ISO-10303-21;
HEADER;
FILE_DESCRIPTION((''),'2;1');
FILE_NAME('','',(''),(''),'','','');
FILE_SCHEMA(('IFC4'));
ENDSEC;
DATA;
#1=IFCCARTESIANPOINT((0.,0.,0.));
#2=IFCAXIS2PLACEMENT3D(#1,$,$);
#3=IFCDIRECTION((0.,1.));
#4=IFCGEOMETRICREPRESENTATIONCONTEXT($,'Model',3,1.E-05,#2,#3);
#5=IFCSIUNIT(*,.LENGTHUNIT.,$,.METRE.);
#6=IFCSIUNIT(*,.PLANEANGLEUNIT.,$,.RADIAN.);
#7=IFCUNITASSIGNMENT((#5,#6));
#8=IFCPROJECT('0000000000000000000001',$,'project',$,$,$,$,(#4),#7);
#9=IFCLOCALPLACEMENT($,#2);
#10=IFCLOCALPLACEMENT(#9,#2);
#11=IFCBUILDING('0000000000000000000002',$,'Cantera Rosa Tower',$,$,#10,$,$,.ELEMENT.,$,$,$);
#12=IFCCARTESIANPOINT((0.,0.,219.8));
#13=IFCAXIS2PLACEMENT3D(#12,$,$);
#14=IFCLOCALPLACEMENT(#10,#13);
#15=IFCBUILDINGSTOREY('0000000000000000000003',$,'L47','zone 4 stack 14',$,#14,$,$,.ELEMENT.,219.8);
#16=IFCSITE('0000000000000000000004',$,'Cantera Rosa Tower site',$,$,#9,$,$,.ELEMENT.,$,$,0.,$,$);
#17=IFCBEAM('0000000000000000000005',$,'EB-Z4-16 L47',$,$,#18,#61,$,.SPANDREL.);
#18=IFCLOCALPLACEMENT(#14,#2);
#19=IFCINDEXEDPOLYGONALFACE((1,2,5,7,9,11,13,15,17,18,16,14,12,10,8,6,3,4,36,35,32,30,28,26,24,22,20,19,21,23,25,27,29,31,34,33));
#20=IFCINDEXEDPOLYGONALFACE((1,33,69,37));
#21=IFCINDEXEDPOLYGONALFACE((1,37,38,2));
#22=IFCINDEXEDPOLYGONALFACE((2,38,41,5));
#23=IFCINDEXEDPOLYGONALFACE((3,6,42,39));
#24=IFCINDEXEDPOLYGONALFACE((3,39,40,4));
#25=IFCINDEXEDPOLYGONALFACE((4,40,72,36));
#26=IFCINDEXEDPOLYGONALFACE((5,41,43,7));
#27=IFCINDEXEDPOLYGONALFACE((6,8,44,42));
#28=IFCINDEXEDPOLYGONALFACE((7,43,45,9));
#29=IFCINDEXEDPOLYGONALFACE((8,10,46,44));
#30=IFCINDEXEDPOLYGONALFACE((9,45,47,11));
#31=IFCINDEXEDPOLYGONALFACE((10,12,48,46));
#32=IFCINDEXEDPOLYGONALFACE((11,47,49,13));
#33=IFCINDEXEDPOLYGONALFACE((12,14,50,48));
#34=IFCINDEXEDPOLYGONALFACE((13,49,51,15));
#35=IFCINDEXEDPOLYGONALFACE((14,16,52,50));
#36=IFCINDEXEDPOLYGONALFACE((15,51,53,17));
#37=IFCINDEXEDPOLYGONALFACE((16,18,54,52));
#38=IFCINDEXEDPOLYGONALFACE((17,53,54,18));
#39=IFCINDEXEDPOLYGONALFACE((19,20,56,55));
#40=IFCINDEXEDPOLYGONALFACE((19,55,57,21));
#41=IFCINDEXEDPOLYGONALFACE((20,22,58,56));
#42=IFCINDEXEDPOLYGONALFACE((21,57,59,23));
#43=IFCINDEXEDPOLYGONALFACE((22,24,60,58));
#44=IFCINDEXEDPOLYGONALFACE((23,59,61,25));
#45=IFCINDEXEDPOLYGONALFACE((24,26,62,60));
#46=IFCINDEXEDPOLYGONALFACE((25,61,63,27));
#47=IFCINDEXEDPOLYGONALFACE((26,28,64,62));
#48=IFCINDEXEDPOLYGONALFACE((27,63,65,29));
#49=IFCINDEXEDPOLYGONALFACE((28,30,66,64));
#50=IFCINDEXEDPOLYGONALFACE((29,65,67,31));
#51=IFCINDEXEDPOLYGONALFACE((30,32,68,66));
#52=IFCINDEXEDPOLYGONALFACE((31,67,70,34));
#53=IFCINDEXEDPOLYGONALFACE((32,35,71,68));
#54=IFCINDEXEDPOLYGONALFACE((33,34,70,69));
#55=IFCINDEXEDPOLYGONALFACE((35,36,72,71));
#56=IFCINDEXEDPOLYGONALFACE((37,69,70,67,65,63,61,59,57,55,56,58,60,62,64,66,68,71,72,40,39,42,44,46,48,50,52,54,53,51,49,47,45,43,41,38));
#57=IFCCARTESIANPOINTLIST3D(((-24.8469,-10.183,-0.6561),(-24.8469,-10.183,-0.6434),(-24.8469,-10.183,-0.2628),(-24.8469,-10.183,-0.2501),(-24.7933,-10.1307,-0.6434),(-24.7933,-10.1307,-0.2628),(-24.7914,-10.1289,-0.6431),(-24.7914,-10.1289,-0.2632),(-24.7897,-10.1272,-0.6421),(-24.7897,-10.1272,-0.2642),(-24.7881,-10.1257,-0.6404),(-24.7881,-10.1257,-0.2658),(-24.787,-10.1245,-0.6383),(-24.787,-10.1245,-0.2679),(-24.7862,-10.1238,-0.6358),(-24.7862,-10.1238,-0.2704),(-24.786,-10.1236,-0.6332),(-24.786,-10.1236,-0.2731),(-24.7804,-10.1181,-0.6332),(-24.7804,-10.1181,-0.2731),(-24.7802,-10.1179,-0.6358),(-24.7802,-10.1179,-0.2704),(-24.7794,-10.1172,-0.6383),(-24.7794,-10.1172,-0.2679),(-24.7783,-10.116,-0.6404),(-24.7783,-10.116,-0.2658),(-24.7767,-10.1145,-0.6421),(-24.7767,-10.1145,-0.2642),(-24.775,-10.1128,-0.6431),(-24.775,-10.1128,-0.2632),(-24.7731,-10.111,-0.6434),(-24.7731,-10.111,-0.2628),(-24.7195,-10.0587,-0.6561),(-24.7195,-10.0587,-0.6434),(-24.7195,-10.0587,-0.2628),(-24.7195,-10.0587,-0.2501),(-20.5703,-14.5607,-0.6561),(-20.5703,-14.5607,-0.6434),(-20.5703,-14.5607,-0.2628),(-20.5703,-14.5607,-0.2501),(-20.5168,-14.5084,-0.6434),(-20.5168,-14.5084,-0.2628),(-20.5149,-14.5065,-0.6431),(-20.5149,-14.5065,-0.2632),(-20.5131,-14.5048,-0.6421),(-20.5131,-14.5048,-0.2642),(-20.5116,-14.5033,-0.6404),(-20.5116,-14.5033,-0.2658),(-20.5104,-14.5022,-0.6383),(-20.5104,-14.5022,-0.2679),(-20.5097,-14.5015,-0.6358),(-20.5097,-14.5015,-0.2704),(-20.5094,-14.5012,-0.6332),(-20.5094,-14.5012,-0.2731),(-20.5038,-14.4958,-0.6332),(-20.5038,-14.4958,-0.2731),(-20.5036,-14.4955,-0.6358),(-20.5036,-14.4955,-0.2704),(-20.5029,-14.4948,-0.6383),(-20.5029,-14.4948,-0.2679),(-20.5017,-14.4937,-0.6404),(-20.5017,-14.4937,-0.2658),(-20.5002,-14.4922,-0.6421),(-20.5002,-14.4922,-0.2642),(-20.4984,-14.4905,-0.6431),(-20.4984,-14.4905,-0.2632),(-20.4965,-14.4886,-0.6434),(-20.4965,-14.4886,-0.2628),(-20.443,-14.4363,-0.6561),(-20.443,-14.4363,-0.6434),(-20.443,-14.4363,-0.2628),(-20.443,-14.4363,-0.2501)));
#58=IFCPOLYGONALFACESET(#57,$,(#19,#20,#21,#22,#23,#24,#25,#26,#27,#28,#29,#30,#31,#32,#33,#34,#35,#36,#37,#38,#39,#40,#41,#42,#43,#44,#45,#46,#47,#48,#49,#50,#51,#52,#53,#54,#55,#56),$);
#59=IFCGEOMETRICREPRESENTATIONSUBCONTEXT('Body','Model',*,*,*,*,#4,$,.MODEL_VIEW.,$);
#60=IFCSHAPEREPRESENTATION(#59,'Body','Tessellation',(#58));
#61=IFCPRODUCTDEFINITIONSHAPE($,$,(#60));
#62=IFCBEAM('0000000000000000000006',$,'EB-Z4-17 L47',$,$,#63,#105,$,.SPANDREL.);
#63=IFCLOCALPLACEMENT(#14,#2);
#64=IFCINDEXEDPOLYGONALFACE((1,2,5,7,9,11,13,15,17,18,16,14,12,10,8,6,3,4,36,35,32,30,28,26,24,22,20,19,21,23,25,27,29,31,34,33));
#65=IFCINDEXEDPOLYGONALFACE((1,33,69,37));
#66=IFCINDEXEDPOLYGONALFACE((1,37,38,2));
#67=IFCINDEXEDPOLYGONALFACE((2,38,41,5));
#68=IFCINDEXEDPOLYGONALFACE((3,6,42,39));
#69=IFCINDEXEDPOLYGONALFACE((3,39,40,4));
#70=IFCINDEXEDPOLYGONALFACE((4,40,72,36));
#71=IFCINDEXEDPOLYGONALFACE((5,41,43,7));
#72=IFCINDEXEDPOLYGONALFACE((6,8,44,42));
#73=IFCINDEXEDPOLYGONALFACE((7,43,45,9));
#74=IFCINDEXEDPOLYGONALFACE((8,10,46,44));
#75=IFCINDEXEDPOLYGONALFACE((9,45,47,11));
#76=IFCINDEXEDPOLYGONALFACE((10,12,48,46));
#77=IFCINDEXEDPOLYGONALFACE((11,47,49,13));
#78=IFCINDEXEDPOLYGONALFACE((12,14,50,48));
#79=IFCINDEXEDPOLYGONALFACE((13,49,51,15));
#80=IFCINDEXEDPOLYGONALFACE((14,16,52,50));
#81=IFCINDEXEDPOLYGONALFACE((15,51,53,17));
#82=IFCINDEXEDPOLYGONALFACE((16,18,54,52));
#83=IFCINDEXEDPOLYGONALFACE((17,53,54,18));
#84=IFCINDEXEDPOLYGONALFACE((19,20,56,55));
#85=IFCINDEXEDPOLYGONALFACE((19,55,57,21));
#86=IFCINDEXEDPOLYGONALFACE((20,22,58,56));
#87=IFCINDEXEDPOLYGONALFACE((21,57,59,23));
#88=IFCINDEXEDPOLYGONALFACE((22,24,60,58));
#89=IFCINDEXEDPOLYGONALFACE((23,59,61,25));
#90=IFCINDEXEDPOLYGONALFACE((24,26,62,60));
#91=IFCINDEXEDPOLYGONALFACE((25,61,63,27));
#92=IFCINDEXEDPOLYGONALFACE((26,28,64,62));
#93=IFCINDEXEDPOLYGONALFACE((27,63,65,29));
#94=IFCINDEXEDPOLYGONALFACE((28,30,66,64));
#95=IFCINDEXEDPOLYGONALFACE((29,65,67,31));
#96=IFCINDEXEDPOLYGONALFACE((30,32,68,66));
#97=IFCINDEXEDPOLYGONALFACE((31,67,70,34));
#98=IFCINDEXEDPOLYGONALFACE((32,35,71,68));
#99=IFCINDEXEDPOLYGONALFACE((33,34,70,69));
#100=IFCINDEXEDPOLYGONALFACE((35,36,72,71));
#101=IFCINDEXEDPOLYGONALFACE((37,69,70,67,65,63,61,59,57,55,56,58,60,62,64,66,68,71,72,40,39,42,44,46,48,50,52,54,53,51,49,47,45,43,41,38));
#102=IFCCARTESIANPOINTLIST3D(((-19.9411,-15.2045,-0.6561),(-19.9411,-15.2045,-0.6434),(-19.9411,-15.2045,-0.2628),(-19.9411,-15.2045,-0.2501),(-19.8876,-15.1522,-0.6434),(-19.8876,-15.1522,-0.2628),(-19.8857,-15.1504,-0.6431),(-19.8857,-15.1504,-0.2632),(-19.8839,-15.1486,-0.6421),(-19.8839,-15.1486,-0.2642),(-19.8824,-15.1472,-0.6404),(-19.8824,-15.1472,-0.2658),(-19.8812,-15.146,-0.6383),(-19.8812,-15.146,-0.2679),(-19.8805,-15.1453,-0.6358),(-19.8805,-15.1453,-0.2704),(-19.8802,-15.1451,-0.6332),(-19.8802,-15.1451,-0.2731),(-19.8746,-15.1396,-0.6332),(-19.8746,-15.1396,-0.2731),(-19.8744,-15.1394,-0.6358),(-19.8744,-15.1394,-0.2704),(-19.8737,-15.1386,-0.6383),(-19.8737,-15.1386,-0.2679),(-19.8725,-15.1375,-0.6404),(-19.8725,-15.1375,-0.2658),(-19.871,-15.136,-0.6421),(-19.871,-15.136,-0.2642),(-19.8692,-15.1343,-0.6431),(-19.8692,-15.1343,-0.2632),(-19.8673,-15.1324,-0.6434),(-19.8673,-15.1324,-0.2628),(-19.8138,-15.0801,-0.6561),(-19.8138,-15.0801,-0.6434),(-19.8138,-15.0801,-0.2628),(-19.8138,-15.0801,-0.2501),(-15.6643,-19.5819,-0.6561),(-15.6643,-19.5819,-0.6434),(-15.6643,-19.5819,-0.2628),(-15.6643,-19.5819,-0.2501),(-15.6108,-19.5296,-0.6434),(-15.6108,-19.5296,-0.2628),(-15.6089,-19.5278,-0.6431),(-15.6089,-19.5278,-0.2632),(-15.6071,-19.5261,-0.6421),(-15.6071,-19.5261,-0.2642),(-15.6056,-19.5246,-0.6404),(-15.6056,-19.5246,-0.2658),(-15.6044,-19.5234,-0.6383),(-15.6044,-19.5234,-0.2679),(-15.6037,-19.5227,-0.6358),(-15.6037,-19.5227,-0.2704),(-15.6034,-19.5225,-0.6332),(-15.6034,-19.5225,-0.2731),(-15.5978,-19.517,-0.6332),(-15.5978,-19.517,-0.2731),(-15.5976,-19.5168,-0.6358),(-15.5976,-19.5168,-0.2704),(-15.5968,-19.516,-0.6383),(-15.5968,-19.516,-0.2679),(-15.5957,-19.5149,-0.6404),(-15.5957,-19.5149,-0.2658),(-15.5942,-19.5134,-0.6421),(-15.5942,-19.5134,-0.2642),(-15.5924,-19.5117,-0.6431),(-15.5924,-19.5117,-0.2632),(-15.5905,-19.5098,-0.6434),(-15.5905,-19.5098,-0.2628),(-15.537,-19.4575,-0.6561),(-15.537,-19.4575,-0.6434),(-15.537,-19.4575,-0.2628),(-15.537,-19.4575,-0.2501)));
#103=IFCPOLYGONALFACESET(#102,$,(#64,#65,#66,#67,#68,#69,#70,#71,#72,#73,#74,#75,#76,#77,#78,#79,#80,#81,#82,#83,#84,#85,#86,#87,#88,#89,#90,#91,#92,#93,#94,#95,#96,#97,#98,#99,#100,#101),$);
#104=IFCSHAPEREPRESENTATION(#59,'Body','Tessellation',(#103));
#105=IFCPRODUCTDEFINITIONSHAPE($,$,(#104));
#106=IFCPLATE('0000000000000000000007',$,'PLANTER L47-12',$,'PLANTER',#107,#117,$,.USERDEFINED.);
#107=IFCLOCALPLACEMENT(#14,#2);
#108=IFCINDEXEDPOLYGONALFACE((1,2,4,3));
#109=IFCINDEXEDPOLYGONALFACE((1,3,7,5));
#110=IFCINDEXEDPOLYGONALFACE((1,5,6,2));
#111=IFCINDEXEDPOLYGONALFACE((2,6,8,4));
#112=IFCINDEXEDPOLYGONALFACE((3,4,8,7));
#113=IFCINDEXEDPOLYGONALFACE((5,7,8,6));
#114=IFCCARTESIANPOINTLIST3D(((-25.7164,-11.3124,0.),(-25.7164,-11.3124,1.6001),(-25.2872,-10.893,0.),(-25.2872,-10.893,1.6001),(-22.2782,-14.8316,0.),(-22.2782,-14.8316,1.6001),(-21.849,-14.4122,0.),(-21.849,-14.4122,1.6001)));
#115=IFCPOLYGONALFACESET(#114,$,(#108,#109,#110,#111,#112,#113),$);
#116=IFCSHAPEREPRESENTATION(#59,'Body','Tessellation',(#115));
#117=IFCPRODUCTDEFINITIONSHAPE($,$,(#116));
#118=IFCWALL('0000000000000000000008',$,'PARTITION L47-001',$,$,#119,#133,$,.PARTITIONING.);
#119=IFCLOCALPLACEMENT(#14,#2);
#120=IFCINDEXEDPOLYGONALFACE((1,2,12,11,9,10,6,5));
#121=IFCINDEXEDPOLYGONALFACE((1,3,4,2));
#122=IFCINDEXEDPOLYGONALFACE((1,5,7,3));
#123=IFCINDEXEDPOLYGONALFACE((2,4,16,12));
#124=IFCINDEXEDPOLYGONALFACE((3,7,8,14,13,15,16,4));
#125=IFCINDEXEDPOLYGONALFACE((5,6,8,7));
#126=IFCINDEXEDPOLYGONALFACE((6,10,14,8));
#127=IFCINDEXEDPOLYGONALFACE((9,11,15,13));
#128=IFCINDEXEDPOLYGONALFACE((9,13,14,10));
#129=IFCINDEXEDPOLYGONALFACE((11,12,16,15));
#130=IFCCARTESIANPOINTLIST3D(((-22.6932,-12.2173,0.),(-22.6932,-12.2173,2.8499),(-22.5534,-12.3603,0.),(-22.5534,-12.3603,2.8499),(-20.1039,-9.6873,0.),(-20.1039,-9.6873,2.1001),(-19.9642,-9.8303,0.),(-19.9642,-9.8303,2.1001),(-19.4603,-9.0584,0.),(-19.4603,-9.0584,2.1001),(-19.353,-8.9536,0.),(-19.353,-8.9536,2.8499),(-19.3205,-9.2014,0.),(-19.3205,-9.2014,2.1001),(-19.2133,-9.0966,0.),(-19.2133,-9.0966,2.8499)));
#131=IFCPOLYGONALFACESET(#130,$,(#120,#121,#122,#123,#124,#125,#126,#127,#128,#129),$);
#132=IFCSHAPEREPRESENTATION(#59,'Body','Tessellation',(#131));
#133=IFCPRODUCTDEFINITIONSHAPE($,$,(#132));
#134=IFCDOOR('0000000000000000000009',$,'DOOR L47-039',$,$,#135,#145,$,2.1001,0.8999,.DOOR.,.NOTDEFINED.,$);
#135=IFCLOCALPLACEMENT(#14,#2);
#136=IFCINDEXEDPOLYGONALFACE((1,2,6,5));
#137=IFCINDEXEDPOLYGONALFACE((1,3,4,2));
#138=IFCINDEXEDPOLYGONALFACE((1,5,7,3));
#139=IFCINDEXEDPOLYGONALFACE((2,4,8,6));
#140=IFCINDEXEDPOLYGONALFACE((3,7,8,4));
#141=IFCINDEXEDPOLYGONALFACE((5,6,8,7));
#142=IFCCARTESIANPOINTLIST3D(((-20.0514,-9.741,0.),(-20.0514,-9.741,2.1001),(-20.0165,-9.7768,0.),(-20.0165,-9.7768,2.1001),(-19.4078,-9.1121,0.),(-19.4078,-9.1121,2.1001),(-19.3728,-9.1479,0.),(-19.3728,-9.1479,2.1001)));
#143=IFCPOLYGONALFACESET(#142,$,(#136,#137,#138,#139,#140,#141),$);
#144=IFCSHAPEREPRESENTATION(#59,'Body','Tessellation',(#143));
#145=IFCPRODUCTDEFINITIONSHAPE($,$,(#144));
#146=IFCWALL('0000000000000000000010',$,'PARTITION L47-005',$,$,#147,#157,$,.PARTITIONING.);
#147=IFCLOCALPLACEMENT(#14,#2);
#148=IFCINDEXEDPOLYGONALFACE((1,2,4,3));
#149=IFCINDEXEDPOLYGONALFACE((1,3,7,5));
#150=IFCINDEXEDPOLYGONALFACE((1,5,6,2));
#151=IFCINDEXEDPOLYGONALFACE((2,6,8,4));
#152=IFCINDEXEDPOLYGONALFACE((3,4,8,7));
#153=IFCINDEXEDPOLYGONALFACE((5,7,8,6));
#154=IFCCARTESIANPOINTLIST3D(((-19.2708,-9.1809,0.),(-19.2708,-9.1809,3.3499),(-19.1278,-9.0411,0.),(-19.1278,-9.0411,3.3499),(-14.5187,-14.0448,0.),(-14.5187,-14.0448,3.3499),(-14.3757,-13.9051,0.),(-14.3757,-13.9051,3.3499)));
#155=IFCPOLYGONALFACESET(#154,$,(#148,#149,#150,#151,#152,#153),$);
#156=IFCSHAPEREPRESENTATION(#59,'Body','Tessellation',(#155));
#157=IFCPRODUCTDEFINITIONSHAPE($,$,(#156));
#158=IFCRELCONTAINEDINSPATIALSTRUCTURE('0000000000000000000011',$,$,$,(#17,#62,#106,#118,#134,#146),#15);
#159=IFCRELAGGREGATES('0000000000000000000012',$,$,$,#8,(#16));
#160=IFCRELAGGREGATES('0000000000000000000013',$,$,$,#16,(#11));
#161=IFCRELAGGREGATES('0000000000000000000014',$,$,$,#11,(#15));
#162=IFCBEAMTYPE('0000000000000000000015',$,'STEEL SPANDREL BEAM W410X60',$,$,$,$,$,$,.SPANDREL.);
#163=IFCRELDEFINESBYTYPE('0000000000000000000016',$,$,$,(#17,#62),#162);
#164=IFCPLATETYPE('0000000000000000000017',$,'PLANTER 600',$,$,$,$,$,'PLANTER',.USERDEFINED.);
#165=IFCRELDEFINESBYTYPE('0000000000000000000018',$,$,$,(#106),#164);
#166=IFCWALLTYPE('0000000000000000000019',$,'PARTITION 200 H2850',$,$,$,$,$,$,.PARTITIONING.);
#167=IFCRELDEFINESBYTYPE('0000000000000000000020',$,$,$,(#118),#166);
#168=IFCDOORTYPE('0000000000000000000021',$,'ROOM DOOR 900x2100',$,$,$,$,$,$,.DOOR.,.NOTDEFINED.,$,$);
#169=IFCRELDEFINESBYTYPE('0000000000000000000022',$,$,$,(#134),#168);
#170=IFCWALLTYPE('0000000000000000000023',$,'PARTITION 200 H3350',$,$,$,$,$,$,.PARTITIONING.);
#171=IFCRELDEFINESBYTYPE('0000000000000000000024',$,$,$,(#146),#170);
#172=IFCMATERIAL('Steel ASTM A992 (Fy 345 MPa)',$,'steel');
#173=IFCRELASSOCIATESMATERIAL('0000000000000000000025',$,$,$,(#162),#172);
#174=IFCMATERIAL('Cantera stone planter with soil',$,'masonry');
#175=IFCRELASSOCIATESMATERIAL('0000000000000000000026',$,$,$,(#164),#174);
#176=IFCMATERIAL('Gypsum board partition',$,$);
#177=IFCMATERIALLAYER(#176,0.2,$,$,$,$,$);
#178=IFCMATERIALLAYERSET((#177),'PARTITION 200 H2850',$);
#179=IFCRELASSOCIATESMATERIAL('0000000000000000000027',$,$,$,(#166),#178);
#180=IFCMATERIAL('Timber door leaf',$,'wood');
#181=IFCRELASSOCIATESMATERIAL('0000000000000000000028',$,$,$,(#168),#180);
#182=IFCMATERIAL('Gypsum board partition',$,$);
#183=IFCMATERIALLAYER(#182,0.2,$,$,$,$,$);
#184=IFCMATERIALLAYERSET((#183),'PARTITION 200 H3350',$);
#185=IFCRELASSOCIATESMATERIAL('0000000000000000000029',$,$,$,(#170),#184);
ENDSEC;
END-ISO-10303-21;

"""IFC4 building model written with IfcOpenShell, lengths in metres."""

from ifc_helpers import new_model, si_unit, direction, frame, frame_2d, origin, origin_2d, place, context, subcontext, project, spatial, rectangle, i_section, extrude, material, layer, layer_set, material_profile, profile_set, type_object, element, fill, save


model = new_model("IFC4")

# Units and contexts
model_context = context("Model", 3, precision=1e-05, world=origin(), true_north=direction((0.0, 1.0)))
body_context = subcontext(model_context, "Body", "Model", "MODEL_VIEW")
ifc_project = project(units=[si_unit("LENGTHUNIT", "METRE"), si_unit("PLANEANGLEUNIT", "RADIAN")], contexts=[model_context])

# Site, building, storey
site_placement = place(None, origin())
site = spatial("IfcSite", under=ifc_project, at=site_placement, Name="Cantera Rosa Tower site", CompositionType="ELEMENT", RefElevation=0.0)
building_placement = place(site_placement, origin())
building = spatial("IfcBuilding", under=site, at=building_placement, Name="Cantera Rosa Tower", CompositionType="ELEMENT")
storey_placement = place(building_placement, frame((0.0, 0.0, 219.8)))
storey = spatial("IfcBuildingStorey", under=building, at=storey_placement, Name="L47", Description="zone 4 stack 14", CompositionType="ELEMENT", Elevation=219.8)

# Beams
ifc_material_1 = material(Name="Steel ASTM A992 (Fy 345 MPa)", Category="steel")
ifc_material_profile_1 = material_profile(ifc_material_1, i_section(OverallWidth=0.178, OverallDepth=0.406, WebThickness=0.0078, FlangeThickness=0.0127, FilletRadius=0.0103, at=origin_2d()), Name="W410X60")
ifc_profile_set_1 = profile_set([ifc_material_profile_1], Name="Steel ASTM A992 (Fy 345 MPa)")
beam_type_1 = type_object("IfcBeamType", Name="STEEL SPANDREL BEAM W410X60", PredefinedType="SPANDREL", material=ifc_profile_set_1)
for number, where, z_axis, x_axis, name in (
    (1, (-24.7832, -10.1208, -0.4531), (0.698801, -0.715316, 0.0), (0.715316, 0.698801, 0.0), "EB-Z4-16 L47"),
    (2, (-19.8774, -15.1423, -0.4531), (0.698841, -0.715277, 0.0), (0.715277, 0.698841, 0.0), "EB-Z4-17 L47"),
):
    element("IfcBeam", number, at=place(storey_placement, frame(where, z_axis=z_axis, x_axis=x_axis)), inside=storey, type_object=beam_type_1, Name=name, PredefinedType="SPANDREL", context=body_context, shape_type="SweptSolid", body=[
        extrude(i_section(OverallWidth=0.178, OverallDepth=0.406, WebThickness=0.0078, FlangeThickness=0.0127, FilletRadius=0.0103, at=origin_2d()), origin(), (0.0, 0.0, 1.0), 6.1199),
    ])

# Plate
ifc_material_2 = material(Name="Cantera stone planter with soil", Category="masonry")
plate_type = type_object("IfcPlateType", Name="PLANTER 600", ElementType="PLANTER", PredefinedType="USERDEFINED", material=ifc_material_2)
plate_placement = place(storey_placement, frame((-23.7827, -12.8623, 0.0), z_axis=(0.0, 0.0, 1.0), x_axis=(0.698832, -0.715286, 0.0)))
element("IfcPlate", 3, at=plate_placement, inside=storey, type_object=plate_type, Name="PLANTER L47-12", ObjectType="PLANTER", PredefinedType="USERDEFINED", context=body_context, shape_type="SweptSolid", body=[
    extrude(rectangle(XDim=4.9199, YDim=0.6001, at=origin_2d()), origin(), (0.0, 0.0, 1.0), 1.6001),
])

# Wall, opening, door
ifc_material_3 = material(Name="Gypsum board partition")
ifc_layer_1 = layer(ifc_material_3, 0.2)
ifc_layer_set_1 = layer_set([ifc_layer_1], Name="PARTITION 200 H2850")
wall_type_1 = type_object("IfcWallType", Name="PARTITION 200 H2850", PredefinedType="PARTITIONING", material=ifc_layer_set_1)
wall_1_placement = place(storey_placement, frame((-22.6233, -12.2888, 0.0), z_axis=(0.0, 0.0, 1.0), x_axis=(0.715241, 0.698878, 0.0)))
wall_1 = element("IfcWall", 4, at=wall_1_placement, inside=storey, type_object=wall_type_1, Name="PARTITION L47-001", PredefinedType="PARTITIONING", context=body_context, shape_type="SweptSolid", body=[
    extrude(rectangle(XDim=4.6699, YDim=0.2, at=frame_2d((2.335, 0.0))), origin(), (0.0, 0.0, 1.0), 2.8499),
])
opening_1_placement = place(wall_1_placement, frame((3.6201, 0.0, 0.0)))
opening_1 = element("IfcOpeningElement", 5, at=opening_1_placement, cuts=wall_1, PredefinedType="OPENING", context=body_context, shape_type="SweptSolid", body=[
    extrude(rectangle(XDim=0.8999, YDim=2.1001, at=frame_2d((0.45, 1.05))), frame((0.0, 0.1099, 0.0), z_axis=(0.0, -1.0, 0.0), x_axis=(1.0, 0.0, 0.0)), (0.0, 0.0, 1.0), 0.22),
])
ifc_material_4 = material(Name="Timber door leaf", Category="wood")
door_type_1 = type_object("IfcDoorType", Name="ROOM DOOR 900x2100", OperationType="NOTDEFINED", PredefinedType="DOOR", material=ifc_material_4)
door_1_placement = place(opening_1_placement, origin())
door_1 = element("IfcDoor", 6, at=door_1_placement, inside=storey, type_object=door_type_1, Name="DOOR L47-039", OperationType="NOTDEFINED", OverallHeight=2.1001, OverallWidth=0.8999, PredefinedType="DOOR", context=body_context, shape_type="SweptSolid", body=[
    extrude(rectangle(XDim=0.8999, YDim=2.1001, at=frame_2d((0.45, 1.05))), frame((0.0, 0.0249, 0.0), z_axis=(0.0, -1.0, 0.0), x_axis=(1.0, 0.0, 0.0)), (0.0, 0.0, 1.0), 0.05),
])
fill(opening_1, door_1)

# Wall
ifc_material_5 = material(Name="Gypsum board partition")
ifc_layer_2 = layer(ifc_material_5, 0.2)
ifc_layer_set_2 = layer_set([ifc_layer_2], Name="PARTITION 200 H3350")
wall_type_2 = type_object("IfcWallType", Name="PARTITION 200 H3350", PredefinedType="PARTITIONING", material=ifc_layer_set_2)
wall_2_placement = place(storey_placement, frame((-19.1992, -9.1111, 0.0), z_axis=(0.0, 0.0, 1.0), x_axis=(0.698837, -0.715281, 0.0)))
element("IfcWall", 7, at=wall_2_placement, inside=storey, type_object=wall_type_2, Name="PARTITION L47-005", PredefinedType="PARTITIONING", context=body_context, shape_type="SweptSolid", body=[
    extrude(rectangle(XDim=6.8, YDim=0.2, at=frame_2d((3.3999, 0.0))), origin(), (0.0, 0.0, 1.0), 3.3499),
])

save(model, "model.ifc")
